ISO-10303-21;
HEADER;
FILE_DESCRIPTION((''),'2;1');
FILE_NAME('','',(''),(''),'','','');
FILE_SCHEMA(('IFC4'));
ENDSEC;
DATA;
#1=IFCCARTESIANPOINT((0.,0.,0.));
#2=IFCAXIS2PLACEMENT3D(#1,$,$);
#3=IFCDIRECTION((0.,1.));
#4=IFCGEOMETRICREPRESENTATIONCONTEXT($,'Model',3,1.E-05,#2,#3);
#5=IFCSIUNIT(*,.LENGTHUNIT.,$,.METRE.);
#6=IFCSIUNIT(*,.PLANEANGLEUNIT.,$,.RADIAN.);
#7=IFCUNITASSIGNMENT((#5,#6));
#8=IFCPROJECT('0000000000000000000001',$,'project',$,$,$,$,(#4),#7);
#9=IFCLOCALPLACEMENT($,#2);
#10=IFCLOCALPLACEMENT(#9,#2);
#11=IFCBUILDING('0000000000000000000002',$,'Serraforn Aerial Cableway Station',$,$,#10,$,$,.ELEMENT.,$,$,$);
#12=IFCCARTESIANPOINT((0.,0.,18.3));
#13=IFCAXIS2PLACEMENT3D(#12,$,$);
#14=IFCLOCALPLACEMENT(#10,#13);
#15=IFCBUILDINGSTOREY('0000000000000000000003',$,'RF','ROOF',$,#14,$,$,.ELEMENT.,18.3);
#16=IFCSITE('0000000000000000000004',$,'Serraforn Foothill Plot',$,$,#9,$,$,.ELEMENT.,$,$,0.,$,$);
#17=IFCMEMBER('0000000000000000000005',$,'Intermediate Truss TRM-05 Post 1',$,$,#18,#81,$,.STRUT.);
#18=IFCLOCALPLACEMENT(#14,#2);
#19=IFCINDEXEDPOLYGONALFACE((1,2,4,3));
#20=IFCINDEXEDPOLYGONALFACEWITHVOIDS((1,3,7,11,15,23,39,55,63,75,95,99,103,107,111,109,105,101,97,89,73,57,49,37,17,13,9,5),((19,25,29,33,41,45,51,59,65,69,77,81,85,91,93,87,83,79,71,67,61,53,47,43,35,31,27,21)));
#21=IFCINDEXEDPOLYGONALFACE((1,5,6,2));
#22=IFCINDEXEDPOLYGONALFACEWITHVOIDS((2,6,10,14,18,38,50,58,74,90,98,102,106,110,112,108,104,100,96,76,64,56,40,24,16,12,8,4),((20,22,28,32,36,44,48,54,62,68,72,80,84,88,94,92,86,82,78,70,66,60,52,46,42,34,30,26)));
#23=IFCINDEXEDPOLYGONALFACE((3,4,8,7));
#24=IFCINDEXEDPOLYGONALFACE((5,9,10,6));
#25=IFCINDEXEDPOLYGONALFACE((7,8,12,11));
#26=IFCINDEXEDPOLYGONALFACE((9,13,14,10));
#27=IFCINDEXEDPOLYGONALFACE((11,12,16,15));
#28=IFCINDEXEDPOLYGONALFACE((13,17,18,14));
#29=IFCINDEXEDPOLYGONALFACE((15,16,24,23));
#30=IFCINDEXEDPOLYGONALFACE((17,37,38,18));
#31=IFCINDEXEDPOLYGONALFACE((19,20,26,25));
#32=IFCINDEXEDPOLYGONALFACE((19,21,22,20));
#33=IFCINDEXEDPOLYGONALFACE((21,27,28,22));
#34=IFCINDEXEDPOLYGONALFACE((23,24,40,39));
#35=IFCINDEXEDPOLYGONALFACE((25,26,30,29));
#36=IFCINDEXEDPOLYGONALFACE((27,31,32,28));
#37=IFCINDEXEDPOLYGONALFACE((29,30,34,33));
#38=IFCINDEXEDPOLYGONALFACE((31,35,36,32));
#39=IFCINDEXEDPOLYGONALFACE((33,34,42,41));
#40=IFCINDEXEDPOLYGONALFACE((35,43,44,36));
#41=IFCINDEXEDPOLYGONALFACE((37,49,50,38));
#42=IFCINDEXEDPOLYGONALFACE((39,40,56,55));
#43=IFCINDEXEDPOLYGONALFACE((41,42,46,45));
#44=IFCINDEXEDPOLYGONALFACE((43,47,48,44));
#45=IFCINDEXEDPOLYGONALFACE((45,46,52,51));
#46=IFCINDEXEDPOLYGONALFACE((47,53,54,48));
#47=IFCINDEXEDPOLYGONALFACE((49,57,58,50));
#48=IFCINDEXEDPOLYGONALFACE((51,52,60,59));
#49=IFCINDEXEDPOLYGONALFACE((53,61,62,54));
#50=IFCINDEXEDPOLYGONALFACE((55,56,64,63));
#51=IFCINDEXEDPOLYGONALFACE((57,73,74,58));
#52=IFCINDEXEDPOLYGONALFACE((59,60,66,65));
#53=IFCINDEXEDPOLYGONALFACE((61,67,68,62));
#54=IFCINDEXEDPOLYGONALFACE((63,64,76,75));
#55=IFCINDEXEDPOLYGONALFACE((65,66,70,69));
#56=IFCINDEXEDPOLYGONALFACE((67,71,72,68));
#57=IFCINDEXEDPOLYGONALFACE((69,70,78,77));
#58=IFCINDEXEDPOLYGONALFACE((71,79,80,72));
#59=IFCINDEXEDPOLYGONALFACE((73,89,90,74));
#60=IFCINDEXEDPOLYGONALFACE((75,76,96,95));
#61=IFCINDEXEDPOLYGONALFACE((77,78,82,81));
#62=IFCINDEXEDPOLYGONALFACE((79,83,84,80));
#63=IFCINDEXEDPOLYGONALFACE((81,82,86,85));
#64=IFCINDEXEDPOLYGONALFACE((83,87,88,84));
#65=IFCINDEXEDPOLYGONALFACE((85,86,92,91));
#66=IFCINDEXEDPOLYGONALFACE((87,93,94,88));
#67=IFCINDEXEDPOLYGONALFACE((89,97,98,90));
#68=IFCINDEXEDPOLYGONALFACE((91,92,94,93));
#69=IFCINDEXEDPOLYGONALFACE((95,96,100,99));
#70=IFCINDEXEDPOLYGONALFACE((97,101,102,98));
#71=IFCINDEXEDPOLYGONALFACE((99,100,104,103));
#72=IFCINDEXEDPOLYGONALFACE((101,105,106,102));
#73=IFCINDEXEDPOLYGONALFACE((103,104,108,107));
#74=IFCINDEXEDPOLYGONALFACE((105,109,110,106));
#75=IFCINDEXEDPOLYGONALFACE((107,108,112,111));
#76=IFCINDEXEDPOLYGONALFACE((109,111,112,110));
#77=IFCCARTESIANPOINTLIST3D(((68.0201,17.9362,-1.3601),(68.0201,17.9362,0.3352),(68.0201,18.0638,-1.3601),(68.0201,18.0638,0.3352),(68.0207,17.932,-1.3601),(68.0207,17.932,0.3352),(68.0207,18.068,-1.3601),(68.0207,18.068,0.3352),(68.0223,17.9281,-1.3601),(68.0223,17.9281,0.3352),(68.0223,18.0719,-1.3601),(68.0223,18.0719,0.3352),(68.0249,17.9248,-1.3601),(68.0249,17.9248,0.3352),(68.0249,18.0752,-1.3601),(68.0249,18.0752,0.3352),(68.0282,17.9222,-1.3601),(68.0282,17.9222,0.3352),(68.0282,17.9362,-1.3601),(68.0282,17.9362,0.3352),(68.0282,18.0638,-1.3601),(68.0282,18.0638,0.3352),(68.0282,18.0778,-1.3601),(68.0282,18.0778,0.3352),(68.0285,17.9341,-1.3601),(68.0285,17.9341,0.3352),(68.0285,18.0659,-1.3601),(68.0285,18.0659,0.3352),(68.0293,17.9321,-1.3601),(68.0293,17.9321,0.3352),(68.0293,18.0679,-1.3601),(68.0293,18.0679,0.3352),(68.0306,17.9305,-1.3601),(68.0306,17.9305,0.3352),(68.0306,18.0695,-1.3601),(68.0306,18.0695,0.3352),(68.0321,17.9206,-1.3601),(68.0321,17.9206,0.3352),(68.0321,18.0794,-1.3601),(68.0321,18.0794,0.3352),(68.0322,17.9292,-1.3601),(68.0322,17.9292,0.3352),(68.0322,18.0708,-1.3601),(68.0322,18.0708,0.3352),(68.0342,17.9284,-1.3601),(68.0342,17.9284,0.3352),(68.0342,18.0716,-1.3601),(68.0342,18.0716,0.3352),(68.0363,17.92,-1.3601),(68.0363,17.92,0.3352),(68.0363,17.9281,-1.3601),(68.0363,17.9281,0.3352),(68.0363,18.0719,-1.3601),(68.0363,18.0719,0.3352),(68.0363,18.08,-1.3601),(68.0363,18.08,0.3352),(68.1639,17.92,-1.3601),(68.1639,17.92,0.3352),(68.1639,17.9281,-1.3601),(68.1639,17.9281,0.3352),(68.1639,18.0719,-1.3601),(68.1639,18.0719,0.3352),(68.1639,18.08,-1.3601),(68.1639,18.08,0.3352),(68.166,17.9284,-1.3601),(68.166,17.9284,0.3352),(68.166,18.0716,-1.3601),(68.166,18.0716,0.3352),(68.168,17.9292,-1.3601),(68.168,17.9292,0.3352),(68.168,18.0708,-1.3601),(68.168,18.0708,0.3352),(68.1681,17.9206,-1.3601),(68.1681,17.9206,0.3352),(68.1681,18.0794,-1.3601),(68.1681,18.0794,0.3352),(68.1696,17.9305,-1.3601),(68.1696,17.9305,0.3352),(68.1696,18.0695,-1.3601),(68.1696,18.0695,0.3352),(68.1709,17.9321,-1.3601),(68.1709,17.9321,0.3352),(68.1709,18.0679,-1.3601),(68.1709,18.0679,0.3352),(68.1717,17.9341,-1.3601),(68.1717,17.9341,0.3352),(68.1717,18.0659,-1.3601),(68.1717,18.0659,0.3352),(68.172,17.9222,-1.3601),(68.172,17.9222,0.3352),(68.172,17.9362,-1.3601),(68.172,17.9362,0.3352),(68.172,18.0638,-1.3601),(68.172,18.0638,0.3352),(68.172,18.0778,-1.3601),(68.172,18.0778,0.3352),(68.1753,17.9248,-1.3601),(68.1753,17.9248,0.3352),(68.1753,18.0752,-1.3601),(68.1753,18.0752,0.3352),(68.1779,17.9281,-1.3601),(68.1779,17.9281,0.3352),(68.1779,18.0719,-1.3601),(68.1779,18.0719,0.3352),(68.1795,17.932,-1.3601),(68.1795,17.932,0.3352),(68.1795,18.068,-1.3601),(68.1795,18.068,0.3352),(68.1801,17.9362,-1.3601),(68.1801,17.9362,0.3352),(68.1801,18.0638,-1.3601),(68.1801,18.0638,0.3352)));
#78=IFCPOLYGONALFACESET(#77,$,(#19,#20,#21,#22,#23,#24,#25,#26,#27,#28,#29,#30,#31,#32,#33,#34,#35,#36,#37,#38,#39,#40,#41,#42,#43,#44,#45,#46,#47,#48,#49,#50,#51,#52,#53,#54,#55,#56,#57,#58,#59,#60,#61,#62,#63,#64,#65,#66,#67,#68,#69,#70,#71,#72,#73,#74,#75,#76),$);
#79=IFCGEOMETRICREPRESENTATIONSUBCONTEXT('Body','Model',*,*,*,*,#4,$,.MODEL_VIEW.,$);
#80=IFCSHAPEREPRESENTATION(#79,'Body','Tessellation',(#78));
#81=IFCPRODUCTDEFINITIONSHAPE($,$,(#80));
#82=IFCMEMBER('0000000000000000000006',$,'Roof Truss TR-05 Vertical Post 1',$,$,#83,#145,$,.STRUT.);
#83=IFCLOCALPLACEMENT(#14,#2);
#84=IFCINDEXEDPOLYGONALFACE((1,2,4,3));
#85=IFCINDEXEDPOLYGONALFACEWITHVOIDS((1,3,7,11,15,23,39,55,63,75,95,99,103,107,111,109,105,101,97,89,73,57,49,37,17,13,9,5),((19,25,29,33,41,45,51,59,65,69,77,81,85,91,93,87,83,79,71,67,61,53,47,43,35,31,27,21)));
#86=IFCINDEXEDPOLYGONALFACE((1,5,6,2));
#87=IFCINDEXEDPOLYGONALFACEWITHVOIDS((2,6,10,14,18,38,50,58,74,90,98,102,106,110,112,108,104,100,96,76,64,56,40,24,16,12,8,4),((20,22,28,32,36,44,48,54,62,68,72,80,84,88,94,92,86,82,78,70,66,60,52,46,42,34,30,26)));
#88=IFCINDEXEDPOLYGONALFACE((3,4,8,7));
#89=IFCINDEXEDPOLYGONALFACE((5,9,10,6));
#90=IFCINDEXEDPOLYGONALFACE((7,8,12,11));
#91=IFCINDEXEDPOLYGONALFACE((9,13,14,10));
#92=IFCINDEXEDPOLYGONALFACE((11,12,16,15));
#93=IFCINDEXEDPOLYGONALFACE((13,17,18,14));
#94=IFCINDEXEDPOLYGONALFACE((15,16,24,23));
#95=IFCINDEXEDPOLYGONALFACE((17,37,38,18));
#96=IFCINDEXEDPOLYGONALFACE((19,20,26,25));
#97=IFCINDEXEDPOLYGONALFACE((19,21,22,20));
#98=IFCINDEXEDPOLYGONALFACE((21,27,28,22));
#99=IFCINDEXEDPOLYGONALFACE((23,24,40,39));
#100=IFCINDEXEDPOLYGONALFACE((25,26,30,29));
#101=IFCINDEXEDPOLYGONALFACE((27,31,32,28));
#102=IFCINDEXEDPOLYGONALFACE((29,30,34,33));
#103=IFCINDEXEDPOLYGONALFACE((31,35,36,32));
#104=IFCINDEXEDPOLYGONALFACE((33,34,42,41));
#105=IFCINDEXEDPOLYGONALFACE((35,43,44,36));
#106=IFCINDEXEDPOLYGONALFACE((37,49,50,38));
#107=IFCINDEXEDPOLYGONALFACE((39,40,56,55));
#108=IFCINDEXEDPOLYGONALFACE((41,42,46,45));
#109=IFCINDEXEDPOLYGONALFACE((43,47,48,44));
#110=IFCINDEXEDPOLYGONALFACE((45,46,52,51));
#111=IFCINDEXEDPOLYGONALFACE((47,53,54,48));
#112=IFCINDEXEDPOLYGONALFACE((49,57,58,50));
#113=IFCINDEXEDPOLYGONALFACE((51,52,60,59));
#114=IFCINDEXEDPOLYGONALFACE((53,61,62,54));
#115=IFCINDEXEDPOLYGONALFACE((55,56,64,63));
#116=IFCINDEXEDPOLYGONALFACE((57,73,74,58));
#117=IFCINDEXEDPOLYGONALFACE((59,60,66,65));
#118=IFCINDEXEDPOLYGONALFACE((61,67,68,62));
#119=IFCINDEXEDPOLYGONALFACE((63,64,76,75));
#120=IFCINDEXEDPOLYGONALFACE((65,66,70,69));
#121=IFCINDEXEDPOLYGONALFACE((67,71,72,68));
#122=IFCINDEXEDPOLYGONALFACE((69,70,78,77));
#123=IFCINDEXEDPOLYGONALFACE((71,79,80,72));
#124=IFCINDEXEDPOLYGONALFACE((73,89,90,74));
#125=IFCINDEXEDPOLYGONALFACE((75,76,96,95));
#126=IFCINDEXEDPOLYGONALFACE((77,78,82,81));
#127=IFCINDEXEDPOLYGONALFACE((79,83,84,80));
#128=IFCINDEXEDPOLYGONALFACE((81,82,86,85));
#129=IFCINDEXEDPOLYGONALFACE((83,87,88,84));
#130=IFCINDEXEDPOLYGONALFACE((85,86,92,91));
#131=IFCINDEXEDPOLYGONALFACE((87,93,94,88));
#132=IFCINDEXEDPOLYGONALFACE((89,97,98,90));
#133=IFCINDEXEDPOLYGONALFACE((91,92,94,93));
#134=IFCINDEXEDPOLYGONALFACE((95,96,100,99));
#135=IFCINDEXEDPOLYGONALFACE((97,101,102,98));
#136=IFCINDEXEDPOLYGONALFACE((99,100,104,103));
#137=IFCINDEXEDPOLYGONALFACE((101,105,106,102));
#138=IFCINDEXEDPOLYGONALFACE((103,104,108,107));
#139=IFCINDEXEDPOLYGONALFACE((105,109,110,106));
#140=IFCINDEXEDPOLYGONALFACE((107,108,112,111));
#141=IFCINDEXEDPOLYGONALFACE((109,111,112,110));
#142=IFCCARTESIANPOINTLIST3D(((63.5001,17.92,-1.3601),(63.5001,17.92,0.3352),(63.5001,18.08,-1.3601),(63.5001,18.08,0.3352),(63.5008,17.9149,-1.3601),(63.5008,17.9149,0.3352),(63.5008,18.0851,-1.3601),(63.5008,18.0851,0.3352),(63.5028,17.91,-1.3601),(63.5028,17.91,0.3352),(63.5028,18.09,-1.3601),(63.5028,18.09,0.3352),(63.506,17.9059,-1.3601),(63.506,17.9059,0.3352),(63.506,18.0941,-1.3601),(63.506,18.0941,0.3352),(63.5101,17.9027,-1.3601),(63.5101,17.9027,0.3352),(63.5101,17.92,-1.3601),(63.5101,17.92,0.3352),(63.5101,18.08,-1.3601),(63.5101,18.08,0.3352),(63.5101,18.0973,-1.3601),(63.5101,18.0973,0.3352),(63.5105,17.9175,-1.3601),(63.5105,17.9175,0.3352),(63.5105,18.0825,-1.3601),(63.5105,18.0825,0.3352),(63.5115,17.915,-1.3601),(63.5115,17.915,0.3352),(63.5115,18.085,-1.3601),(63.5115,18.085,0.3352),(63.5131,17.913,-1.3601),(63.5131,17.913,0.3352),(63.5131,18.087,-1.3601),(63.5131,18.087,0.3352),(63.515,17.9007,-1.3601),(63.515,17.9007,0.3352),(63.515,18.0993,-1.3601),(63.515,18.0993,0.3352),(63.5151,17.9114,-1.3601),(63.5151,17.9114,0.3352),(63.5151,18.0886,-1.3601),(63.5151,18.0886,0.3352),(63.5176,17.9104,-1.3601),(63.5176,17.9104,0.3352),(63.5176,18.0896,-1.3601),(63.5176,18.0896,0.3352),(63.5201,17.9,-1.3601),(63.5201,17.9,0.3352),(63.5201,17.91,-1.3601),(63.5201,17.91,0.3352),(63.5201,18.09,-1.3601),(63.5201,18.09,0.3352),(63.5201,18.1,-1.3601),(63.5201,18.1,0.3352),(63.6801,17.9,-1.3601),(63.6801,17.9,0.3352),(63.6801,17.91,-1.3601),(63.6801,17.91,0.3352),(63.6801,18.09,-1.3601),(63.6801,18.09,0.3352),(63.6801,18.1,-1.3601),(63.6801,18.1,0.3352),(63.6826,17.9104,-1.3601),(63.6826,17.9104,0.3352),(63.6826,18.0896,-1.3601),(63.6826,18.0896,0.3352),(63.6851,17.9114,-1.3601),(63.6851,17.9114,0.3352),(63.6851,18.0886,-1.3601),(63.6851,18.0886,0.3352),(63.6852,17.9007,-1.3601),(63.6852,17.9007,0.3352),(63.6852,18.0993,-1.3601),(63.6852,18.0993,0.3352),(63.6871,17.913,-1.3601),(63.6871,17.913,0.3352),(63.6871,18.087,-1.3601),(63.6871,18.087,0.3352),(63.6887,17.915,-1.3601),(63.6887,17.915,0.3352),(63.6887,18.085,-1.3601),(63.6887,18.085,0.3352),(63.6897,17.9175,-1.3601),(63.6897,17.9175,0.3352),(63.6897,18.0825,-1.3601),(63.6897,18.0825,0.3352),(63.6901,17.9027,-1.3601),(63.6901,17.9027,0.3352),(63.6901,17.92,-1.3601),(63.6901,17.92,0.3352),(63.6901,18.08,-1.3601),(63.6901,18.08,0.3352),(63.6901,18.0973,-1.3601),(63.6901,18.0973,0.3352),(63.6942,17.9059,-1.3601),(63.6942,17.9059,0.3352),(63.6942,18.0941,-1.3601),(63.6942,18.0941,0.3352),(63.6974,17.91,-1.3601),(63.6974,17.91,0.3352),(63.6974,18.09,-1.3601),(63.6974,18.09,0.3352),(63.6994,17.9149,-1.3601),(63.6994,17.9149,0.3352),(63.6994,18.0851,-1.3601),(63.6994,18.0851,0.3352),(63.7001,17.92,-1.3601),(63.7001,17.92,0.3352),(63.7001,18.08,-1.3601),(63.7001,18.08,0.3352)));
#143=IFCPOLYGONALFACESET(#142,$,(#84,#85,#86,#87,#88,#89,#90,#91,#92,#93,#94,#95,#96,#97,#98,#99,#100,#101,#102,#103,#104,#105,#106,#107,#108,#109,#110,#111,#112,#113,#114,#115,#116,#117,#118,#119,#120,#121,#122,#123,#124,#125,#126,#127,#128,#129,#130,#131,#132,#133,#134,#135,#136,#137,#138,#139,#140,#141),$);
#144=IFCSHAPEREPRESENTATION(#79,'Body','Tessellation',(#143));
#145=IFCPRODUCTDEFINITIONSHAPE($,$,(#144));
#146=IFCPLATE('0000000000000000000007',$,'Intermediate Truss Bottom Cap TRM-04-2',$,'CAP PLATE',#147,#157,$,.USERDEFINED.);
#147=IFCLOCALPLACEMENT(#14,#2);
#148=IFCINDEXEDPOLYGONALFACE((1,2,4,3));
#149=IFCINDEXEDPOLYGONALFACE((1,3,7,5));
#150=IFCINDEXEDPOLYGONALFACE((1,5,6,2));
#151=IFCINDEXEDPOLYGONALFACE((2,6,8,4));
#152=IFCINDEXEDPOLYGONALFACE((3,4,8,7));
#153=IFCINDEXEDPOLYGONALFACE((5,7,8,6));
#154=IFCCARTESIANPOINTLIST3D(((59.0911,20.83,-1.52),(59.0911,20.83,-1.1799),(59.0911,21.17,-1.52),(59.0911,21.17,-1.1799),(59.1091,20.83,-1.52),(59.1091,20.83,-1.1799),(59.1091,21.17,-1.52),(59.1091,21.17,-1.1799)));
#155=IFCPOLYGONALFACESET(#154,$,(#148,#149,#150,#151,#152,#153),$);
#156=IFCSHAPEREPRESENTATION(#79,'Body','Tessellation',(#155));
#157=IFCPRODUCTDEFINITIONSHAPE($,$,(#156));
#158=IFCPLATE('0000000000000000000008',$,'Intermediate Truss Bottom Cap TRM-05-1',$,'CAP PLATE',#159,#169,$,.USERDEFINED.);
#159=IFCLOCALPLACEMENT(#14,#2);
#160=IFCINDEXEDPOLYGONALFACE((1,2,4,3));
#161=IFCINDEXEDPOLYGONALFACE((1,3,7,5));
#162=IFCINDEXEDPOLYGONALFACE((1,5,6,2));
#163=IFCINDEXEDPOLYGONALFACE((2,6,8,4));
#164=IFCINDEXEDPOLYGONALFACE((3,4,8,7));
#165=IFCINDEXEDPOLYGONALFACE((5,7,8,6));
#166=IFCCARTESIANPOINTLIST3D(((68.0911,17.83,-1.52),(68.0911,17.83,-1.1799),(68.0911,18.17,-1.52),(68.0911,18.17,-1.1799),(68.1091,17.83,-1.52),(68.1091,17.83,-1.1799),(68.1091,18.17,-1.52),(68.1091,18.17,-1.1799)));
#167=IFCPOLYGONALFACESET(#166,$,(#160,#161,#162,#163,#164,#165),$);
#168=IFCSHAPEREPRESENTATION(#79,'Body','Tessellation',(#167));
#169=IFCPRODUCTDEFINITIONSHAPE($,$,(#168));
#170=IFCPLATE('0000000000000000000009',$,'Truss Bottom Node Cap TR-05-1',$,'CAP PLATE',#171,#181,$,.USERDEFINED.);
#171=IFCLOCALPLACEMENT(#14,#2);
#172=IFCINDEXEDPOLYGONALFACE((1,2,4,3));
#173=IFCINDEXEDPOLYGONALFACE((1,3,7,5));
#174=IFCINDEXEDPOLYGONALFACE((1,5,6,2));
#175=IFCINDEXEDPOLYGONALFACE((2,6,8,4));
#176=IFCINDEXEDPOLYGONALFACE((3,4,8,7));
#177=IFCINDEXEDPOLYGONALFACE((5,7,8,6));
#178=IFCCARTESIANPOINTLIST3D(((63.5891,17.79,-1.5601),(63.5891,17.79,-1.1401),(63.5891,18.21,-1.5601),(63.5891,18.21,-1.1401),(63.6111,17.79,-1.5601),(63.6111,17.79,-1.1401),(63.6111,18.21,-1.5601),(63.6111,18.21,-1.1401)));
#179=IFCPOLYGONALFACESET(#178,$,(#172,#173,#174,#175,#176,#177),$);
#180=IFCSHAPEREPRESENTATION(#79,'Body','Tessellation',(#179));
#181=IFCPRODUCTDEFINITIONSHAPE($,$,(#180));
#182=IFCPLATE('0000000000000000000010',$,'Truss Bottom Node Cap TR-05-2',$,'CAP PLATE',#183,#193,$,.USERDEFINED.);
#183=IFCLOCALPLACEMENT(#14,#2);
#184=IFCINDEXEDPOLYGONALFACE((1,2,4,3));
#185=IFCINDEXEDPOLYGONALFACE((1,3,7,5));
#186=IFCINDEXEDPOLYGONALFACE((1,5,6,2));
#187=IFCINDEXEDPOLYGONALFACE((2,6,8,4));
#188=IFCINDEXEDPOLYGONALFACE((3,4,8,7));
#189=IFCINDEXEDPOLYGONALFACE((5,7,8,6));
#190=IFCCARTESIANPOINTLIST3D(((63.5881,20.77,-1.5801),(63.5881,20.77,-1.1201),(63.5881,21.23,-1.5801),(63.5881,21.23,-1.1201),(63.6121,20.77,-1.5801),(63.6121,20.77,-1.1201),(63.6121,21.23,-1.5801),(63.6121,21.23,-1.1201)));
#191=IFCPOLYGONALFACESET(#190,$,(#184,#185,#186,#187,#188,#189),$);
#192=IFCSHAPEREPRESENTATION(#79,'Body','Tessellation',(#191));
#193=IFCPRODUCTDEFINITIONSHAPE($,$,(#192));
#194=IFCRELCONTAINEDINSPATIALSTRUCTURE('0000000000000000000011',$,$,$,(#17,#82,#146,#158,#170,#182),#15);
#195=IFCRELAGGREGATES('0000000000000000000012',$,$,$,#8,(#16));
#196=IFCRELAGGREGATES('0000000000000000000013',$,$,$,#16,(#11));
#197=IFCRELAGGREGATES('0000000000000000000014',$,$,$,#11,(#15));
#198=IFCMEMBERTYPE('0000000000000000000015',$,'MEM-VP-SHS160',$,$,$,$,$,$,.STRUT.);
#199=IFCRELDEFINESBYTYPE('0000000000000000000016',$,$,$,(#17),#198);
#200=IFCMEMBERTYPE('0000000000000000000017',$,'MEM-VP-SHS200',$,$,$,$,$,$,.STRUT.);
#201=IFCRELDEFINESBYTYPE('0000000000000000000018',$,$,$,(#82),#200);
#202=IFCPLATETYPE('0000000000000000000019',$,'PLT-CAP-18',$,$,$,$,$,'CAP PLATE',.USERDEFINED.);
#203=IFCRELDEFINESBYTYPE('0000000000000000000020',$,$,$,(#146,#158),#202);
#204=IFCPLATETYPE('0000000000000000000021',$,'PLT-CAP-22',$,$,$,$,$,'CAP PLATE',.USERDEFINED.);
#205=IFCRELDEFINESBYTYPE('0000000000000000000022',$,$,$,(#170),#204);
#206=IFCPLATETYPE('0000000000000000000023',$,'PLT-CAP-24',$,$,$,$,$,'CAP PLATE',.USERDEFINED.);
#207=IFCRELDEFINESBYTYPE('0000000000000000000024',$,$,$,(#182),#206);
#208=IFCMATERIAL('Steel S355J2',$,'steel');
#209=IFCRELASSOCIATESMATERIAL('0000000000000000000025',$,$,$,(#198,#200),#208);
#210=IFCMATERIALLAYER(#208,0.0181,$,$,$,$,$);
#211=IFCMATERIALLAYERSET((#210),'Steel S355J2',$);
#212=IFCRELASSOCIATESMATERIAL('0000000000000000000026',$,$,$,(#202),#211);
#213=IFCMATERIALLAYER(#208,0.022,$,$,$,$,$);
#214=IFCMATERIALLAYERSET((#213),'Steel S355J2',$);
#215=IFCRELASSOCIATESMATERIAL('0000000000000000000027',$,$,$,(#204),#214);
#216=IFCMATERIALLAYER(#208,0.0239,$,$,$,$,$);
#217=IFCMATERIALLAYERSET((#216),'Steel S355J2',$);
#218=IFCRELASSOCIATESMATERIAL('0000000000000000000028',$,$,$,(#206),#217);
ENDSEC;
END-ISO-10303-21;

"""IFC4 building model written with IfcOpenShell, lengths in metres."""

from ifc_helpers import new_model, si_unit, direction, frame, origin, origin_2d, place, context, subcontext, project, spatial, rectangle, hollow_rectangle, extrude, material, layer, layer_set, material_profile, profile_set, type_object, element, save


model = new_model("IFC4")

# Units and contexts
model_context = context("Model", 3, precision=1e-05, world=origin(), true_north=direction((0.0, 1.0)))
body_context = subcontext(model_context, "Body", "Model", "MODEL_VIEW")
ifc_project = project(units=[si_unit("LENGTHUNIT", "METRE"), si_unit("PLANEANGLEUNIT", "RADIAN")], contexts=[model_context])

# Site, building, storey
site_placement = place(None, origin())
site = spatial("IfcSite", under=ifc_project, at=site_placement, Name="Serraforn Foothill Plot", CompositionType="ELEMENT", RefElevation=0.0)
building_placement = place(site_placement, origin())
building = spatial("IfcBuilding", under=site, at=building_placement, Name="Serraforn Aerial Cableway Station", CompositionType="ELEMENT")
storey_placement = place(building_placement, frame((0.0, 0.0, 18.3)))
storey = spatial("IfcBuildingStorey", under=building, at=storey_placement, Name="RF", Description="ROOF", CompositionType="ELEMENT", Elevation=18.3)

# Shared definitions
ifc_material_1 = material(Name="Steel S355J2", Category="steel")

# Members
ifc_material_profile_1 = material_profile(ifc_material_1, hollow_rectangle(XDim=0.1599, YDim=0.1599, WallThickness=0.0081, InnerFilletRadius=0.0081, OuterFilletRadius=0.0161, at=origin_2d()), Name="SHS 160x160x8.0")
ifc_profile_set_1 = profile_set([ifc_material_profile_1], Name="Steel S355J2")
member_type_1 = type_object("IfcMemberType", Name="MEM-VP-SHS160", PredefinedType="STRUT", material=ifc_profile_set_1)
member_1_placement = place(storey_placement, frame((68.1001, 18.0, -1.3601), z_axis=(0.0, 0.0, 1.0), x_axis=(1.0, 0.0, 0.0)))
element("IfcMember", 1, at=member_1_placement, inside=storey, type_object=member_type_1, Name="Intermediate Truss TRM-05 Post 1", PredefinedType="STRUT", context=body_context, shape_type="SweptSolid", body=[
    extrude(hollow_rectangle(XDim=0.1599, YDim=0.1599, WallThickness=0.0081, InnerFilletRadius=0.0081, OuterFilletRadius=0.0161, at=origin_2d()), origin(), (0.0, 0.0, 1.0), 1.6953),
])
ifc_material_profile_2 = material_profile(ifc_material_1, hollow_rectangle(XDim=0.2, YDim=0.2, WallThickness=0.01, InnerFilletRadius=0.01, OuterFilletRadius=0.02, at=origin_2d()), Name="SHS 200x200x10.0")
ifc_profile_set_2 = profile_set([ifc_material_profile_2], Name="Steel S355J2")
member_type_2 = type_object("IfcMemberType", Name="MEM-VP-SHS200", PredefinedType="STRUT", material=ifc_profile_set_2)
member_2_placement = place(storey_placement, frame((63.6001, 18.0, -1.3601), z_axis=(0.0, 0.0, 1.0), x_axis=(1.0, 0.0, 0.0)))
element("IfcMember", 2, at=member_2_placement, inside=storey, type_object=member_type_2, Name="Roof Truss TR-05 Vertical Post 1", PredefinedType="STRUT", context=body_context, shape_type="SweptSolid", body=[
    extrude(hollow_rectangle(XDim=0.2, YDim=0.2, WallThickness=0.01, InnerFilletRadius=0.01, OuterFilletRadius=0.02, at=origin_2d()), origin(), (0.0, 0.0, 1.0), 1.6953),
])

# Plates
ifc_layer_1 = layer(ifc_material_1, 0.0181)
ifc_layer_set_1 = layer_set([ifc_layer_1], Name="Steel S355J2")
plate_type_1 = type_object("IfcPlateType", Name="PLT-CAP-18", ElementType="CAP PLATE", PredefinedType="USERDEFINED", material=ifc_layer_set_1)
for number, where, z_axis, x_axis, name in (
    (3, (59.1001, 21.0, -1.52), (0.0, 0.0, 1.0), (1.0, 0.0, 0.0), "Intermediate Truss Bottom Cap TRM-04-2"),
    (4, (68.1001, 18.0, -1.52), (0.0, 0.0, 1.0), (1.0, 0.0, 0.0), "Intermediate Truss Bottom Cap TRM-05-1"),
):
    element("IfcPlate", number, at=place(storey_placement, frame(where, z_axis=z_axis, x_axis=x_axis)), inside=storey, type_object=plate_type_1, Name=name, ObjectType="CAP PLATE", PredefinedType="USERDEFINED", context=body_context, shape_type="SweptSolid", body=[
        extrude(rectangle(XDim=0.0181, YDim=0.3401, at=origin_2d()), origin(), (0.0, 0.0, 1.0), 0.3401),
    ])
ifc_layer_2 = layer(ifc_material_1, 0.022)
ifc_layer_set_2 = layer_set([ifc_layer_2], Name="Steel S355J2")
plate_type_2 = type_object("IfcPlateType", Name="PLT-CAP-22", ElementType="CAP PLATE", PredefinedType="USERDEFINED", material=ifc_layer_set_2)
plate_1_placement = place(storey_placement, frame((63.6001, 18.0, -1.5601), z_axis=(0.0, 0.0, 1.0), x_axis=(1.0, 0.0, 0.0)))
element("IfcPlate", 5, at=plate_1_placement, inside=storey, type_object=plate_type_2, Name="Truss Bottom Node Cap TR-05-1", ObjectType="CAP PLATE", PredefinedType="USERDEFINED", context=body_context, shape_type="SweptSolid", body=[
    extrude(rectangle(XDim=0.022, YDim=0.4199, at=origin_2d()), origin(), (0.0, 0.0, 1.0), 0.4199),
])
ifc_layer_3 = layer(ifc_material_1, 0.0239)
ifc_layer_set_3 = layer_set([ifc_layer_3], Name="Steel S355J2")
plate_type_3 = type_object("IfcPlateType", Name="PLT-CAP-24", ElementType="CAP PLATE", PredefinedType="USERDEFINED", material=ifc_layer_set_3)
plate_2_placement = place(storey_placement, frame((63.6001, 21.0, -1.5801), z_axis=(0.0, 0.0, 1.0), x_axis=(1.0, 0.0, 0.0)))
element("IfcPlate", 6, at=plate_2_placement, inside=storey, type_object=plate_type_3, Name="Truss Bottom Node Cap TR-05-2", ObjectType="CAP PLATE", PredefinedType="USERDEFINED", context=body_context, shape_type="SweptSolid", body=[
    extrude(rectangle(XDim=0.0239, YDim=0.46, at=origin_2d()), origin(), (0.0, 0.0, 1.0), 0.46),
])

save(model, "model.ifc")
